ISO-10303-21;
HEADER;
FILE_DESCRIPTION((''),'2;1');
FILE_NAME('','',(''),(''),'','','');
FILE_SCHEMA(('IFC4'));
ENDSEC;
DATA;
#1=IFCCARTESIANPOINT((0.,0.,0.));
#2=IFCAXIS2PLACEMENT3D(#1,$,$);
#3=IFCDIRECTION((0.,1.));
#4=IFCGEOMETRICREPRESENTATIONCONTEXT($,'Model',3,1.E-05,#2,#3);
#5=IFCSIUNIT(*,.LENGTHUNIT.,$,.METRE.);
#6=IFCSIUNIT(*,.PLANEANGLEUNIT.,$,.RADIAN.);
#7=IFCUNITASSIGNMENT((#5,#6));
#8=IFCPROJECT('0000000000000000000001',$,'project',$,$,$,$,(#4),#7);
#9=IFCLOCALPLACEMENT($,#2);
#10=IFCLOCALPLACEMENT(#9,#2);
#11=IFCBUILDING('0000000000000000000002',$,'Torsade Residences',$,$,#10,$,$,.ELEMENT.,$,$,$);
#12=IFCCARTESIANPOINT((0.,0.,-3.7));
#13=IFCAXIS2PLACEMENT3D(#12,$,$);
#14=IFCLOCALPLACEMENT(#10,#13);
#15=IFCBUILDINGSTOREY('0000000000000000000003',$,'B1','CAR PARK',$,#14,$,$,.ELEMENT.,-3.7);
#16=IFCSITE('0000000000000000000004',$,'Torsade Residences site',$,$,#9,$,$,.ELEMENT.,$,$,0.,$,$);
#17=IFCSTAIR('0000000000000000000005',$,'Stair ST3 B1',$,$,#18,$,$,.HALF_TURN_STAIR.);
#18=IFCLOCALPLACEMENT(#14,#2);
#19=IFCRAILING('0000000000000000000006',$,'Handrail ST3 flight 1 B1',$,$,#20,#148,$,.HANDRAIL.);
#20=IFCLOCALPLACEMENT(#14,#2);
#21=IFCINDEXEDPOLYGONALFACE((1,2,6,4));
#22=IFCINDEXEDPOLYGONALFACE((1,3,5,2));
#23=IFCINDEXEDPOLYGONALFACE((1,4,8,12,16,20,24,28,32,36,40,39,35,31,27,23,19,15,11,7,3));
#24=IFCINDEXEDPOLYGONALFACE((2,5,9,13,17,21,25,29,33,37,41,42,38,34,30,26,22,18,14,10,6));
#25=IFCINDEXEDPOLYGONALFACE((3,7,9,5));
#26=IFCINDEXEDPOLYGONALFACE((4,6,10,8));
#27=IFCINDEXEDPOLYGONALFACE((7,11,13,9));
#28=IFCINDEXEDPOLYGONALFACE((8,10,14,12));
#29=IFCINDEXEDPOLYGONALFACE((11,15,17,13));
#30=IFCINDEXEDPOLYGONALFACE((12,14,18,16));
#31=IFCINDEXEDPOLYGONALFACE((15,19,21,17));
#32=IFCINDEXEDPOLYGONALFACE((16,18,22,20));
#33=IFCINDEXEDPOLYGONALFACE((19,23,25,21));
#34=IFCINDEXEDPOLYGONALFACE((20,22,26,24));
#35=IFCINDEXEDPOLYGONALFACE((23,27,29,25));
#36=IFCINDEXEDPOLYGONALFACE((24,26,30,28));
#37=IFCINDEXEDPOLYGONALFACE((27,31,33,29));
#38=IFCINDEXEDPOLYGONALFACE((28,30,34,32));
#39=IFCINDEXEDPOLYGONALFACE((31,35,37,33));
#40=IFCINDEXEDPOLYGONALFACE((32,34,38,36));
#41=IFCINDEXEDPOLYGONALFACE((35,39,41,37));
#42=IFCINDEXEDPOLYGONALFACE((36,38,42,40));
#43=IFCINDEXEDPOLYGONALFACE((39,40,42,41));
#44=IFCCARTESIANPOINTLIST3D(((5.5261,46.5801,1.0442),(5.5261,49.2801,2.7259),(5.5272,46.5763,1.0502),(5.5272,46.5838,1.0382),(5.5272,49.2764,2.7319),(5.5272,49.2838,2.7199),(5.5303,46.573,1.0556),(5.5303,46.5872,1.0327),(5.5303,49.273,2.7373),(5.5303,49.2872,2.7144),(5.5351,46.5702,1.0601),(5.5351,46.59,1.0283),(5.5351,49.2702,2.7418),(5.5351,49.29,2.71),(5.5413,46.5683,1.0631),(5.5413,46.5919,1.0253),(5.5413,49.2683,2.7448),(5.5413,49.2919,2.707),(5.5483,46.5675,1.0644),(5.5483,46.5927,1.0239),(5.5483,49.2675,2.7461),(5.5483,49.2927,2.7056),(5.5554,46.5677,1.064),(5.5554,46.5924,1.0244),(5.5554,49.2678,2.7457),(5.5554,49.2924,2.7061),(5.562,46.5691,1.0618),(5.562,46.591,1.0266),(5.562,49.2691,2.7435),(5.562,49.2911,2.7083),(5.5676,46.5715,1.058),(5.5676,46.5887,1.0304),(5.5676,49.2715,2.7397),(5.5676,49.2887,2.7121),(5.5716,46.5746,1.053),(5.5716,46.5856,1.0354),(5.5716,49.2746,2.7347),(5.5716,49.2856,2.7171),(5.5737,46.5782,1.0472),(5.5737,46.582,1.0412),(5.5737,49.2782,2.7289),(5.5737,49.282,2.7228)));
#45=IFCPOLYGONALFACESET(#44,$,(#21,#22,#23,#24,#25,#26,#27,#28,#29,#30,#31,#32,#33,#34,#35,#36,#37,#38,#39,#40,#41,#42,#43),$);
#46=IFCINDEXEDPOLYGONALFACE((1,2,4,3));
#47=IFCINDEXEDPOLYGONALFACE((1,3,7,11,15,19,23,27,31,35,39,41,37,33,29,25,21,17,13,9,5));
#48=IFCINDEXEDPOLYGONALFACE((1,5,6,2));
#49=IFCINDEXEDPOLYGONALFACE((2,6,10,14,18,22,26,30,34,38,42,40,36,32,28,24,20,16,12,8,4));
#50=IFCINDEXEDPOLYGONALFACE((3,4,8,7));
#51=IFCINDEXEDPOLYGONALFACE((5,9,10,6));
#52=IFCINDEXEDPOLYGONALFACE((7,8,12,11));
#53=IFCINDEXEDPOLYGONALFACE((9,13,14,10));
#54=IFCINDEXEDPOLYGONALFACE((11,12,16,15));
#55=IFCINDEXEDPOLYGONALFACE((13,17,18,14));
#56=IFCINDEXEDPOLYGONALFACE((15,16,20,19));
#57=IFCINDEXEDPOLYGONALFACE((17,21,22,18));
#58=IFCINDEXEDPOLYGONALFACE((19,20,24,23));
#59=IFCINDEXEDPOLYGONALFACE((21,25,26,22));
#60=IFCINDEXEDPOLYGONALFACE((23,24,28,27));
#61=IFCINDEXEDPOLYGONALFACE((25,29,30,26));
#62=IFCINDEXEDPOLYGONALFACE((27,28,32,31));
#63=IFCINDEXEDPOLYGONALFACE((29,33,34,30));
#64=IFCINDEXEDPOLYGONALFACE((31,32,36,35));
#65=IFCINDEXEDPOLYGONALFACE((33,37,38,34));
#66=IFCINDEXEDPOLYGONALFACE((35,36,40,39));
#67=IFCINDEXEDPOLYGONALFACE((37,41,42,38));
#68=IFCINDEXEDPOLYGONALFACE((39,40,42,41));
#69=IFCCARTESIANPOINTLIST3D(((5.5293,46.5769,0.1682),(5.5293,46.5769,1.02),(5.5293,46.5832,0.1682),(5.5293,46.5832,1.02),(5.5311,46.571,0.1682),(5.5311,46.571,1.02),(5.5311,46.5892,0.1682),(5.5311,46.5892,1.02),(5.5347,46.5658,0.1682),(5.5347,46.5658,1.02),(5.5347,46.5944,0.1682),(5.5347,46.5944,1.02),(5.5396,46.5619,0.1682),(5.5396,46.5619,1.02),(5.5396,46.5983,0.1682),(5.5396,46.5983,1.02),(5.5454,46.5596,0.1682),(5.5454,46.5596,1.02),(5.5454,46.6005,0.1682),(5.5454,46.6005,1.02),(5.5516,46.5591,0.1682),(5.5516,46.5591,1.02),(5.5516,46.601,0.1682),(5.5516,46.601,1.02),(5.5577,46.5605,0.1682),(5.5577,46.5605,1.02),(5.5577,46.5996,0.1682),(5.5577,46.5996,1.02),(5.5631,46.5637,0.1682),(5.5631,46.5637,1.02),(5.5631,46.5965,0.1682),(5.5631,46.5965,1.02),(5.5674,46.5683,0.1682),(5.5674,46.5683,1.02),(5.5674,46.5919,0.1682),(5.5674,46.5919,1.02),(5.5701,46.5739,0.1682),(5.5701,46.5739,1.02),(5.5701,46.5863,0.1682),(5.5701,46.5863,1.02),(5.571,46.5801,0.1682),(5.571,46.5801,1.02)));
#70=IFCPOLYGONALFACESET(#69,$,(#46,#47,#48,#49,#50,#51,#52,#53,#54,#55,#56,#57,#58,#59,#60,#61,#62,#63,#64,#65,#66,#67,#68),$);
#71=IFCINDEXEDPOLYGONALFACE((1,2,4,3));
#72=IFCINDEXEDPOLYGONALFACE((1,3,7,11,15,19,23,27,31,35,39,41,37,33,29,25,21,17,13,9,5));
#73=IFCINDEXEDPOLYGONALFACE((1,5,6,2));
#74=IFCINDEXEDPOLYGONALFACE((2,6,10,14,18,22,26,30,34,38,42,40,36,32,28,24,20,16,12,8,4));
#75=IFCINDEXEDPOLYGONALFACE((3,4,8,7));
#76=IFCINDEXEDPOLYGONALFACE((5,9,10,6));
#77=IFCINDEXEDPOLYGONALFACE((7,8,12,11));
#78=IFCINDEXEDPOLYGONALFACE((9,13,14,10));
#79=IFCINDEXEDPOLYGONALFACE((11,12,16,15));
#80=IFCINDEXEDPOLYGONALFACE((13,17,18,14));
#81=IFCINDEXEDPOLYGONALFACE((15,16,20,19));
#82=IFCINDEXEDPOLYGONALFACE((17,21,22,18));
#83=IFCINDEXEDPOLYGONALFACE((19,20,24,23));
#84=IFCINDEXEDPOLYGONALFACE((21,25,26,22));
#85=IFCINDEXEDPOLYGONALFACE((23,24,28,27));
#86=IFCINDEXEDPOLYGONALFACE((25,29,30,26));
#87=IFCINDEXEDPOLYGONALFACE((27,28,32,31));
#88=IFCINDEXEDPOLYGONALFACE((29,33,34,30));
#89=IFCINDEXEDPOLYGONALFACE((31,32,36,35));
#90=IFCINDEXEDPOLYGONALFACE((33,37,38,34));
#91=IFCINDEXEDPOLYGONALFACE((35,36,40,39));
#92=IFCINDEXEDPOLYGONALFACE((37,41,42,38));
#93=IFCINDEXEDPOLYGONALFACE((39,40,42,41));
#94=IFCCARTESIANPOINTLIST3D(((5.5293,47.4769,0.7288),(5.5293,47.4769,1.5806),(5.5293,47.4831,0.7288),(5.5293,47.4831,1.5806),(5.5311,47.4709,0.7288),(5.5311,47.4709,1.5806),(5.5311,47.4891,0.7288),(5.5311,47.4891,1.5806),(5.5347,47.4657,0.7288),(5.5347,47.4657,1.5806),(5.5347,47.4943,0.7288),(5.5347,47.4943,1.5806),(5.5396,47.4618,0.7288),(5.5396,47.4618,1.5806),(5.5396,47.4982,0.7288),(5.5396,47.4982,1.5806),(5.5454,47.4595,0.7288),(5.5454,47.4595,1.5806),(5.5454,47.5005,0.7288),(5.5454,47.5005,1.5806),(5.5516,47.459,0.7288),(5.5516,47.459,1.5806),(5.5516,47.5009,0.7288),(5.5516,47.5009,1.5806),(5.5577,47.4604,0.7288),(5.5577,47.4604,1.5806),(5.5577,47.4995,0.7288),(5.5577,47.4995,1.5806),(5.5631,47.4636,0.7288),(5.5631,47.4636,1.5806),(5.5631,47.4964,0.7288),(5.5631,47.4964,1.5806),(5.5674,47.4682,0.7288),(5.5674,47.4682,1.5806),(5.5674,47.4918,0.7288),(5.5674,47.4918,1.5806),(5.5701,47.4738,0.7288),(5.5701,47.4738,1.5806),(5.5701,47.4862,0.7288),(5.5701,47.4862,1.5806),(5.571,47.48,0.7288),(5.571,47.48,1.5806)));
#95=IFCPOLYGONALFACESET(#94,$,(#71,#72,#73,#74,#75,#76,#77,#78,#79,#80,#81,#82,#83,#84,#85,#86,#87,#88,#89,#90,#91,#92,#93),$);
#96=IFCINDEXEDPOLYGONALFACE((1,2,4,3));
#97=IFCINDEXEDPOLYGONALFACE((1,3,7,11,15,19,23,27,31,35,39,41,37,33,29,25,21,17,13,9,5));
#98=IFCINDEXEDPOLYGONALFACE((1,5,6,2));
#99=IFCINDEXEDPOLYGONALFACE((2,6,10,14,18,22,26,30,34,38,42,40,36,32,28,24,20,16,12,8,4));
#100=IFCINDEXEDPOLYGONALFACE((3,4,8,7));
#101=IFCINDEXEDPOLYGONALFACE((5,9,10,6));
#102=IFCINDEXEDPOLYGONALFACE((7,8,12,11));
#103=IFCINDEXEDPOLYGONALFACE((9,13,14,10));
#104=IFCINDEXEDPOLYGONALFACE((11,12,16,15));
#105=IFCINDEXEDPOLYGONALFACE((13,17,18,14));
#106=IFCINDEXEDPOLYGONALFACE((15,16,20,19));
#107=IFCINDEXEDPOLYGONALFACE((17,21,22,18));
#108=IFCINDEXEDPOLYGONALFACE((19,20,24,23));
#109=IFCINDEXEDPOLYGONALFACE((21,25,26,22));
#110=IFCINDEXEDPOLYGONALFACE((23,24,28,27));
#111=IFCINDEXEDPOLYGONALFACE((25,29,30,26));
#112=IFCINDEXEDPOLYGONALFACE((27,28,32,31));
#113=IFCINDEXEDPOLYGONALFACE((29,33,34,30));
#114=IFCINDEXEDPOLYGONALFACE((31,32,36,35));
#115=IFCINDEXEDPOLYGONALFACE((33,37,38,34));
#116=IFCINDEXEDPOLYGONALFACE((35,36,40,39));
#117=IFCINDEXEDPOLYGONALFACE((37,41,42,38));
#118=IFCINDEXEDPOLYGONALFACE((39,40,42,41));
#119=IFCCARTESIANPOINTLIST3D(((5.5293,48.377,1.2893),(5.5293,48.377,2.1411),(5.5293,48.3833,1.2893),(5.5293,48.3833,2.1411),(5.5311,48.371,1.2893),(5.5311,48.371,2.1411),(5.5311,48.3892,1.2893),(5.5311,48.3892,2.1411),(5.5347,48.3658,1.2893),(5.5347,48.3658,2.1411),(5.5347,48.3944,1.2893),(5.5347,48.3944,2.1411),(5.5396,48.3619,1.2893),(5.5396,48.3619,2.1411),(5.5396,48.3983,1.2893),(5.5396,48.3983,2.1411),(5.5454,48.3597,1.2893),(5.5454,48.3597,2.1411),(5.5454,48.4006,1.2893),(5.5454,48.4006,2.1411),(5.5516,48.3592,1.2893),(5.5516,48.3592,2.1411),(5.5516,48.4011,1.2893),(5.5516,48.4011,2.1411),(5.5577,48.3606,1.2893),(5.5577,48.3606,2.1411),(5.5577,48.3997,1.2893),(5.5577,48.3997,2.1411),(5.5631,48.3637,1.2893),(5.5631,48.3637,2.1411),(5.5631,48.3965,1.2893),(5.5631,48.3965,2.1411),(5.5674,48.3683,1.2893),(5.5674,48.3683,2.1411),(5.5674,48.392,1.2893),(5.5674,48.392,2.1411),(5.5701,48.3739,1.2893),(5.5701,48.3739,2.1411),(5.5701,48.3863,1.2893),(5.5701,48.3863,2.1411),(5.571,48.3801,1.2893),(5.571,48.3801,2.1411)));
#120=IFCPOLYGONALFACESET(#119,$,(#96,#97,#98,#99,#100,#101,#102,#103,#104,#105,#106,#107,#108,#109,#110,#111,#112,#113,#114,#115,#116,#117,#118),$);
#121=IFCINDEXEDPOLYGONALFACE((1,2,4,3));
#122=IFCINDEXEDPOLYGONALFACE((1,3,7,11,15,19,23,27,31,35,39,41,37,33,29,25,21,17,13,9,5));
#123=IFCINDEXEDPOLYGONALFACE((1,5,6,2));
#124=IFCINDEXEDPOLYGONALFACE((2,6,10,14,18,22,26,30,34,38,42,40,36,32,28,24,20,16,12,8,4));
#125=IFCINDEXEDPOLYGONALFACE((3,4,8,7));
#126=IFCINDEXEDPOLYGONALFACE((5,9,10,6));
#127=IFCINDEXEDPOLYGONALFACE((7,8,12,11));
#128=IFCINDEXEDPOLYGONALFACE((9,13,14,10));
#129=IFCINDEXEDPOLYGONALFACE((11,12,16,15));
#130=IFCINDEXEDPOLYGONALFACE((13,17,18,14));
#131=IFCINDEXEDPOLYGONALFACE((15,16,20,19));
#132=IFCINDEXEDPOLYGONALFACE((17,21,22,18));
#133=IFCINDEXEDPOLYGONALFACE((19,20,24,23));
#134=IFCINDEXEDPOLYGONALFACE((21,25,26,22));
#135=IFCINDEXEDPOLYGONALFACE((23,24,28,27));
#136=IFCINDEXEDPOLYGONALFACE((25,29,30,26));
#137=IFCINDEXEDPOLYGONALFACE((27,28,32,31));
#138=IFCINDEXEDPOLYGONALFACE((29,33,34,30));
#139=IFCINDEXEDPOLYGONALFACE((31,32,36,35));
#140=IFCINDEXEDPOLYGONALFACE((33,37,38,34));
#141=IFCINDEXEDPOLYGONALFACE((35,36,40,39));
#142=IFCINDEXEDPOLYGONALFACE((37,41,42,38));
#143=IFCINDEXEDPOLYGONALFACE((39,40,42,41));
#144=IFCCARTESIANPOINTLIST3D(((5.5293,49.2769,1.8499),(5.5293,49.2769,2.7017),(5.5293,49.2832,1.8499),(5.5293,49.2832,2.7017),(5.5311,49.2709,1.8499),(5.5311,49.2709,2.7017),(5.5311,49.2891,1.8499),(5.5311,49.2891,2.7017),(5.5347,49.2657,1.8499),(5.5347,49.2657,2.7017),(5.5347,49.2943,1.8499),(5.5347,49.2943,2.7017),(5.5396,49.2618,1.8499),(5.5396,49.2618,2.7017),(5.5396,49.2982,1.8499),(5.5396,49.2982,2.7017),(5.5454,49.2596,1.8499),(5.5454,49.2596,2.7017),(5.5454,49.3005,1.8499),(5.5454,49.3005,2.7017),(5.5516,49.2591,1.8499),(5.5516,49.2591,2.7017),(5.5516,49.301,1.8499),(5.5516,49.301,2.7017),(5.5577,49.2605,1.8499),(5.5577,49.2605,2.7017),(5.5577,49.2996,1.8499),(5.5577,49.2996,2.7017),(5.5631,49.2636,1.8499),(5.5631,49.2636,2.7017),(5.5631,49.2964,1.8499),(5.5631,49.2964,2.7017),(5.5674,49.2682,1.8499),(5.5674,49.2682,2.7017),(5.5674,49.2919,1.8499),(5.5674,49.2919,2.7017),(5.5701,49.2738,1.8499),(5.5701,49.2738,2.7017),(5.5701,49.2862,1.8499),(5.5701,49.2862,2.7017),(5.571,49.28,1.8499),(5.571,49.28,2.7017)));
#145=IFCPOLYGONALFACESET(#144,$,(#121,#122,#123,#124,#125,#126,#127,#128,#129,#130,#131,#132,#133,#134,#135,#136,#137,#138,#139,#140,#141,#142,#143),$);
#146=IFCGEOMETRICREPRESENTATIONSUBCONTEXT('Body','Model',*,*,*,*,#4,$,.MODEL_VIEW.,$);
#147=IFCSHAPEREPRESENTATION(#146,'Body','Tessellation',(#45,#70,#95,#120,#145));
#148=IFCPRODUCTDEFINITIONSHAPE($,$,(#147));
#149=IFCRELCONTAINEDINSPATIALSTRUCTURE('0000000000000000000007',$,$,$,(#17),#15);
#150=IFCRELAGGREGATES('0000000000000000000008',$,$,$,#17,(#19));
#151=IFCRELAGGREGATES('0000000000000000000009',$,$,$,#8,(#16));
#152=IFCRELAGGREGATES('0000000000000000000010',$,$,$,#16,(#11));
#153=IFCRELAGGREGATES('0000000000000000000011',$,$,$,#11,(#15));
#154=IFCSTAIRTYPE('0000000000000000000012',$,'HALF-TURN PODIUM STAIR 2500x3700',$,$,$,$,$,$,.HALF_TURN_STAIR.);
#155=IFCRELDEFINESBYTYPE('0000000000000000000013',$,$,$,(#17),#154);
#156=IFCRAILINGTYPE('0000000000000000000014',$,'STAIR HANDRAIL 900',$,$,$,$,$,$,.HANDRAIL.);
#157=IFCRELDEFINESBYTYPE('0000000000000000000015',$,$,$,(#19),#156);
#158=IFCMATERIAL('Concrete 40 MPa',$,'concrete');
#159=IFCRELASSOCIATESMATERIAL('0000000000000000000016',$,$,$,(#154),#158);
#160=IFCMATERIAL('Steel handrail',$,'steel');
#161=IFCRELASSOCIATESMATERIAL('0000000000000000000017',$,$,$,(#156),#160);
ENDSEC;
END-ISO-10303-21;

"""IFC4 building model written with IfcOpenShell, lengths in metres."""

from ifc_helpers import new_model, si_unit, direction, frame, origin, origin_2d, place, context, subcontext, project, spatial, circle, extrude, material, type_object, element, aggregate, save


model = new_model("IFC4")

# Units and contexts
model_context = context("Model", 3, precision=1e-05, world=origin(), true_north=direction((0.0, 1.0)))
body_context = subcontext(model_context, "Body", "Model", "MODEL_VIEW")
ifc_project = project(units=[si_unit("LENGTHUNIT", "METRE"), si_unit("PLANEANGLEUNIT", "RADIAN")], contexts=[model_context])

# Site, building, storey
site_placement = place(None, origin())
site = spatial("IfcSite", under=ifc_project, at=site_placement, Name="Torsade Residences site", CompositionType="ELEMENT", RefElevation=0.0)
building_placement = place(site_placement, origin())
building = spatial("IfcBuilding", under=site, at=building_placement, Name="Torsade Residences", CompositionType="ELEMENT")
storey_placement = place(building_placement, frame((0.0, 0.0, -3.7)))
storey = spatial("IfcBuildingStorey", under=building, at=storey_placement, Name="B1", Description="CAR PARK", CompositionType="ELEMENT", Elevation=-3.7)

# Stair, railing
ifc_material_1 = material(Name="Concrete 40 MPa", Category="concrete")
stair_type = type_object("IfcStairType", Name="HALF-TURN PODIUM STAIR 2500x3700", PredefinedType="HALF_TURN_STAIR", material=ifc_material_1)
stair_placement = place(storey_placement, origin())
stair = element("IfcStair", 1, at=stair_placement, inside=storey, type_object=stair_type, Name="Stair ST3 B1", PredefinedType="HALF_TURN_STAIR")
ifc_material_2 = material(Name="Steel handrail", Category="steel")
railing_type = type_object("IfcRailingType", Name="STAIR HANDRAIL 900", PredefinedType="HANDRAIL", material=ifc_material_2)
railing_1_placement = place(storey_placement, frame((5.55, 46.5801, 0.1682)))
railing_1 = element("IfcRailing", 2, at=railing_1_placement, type_object=railing_type, Name="Handrail ST3 flight 1 B1", PredefinedType="HANDRAIL", context=body_context, shape_type="SweptSolid", body=[
    extrude(circle(Radius=0.0239, at=origin_2d()), frame((0.0, 0.0, 0.876), z_axis=(0.0, 0.848821, 0.528681), x_axis=(-1.0, 0.0, 0.0)), (0.0, 0.0, 1.0), 3.1809),
    extrude(circle(Radius=0.021, at=origin_2d()), origin(), (0.0, 0.0, 1.0), 0.8518),
    extrude(circle(Radius=0.021, at=origin_2d()), frame((0.0, 0.8999, 0.5605)), (0.0, 0.0, 1.0), 0.8518),
    extrude(circle(Radius=0.021, at=origin_2d()), frame((0.0, 1.8, 1.1211)), (0.0, 0.0, 1.0), 0.8518),
    extrude(circle(Radius=0.021, at=origin_2d()), frame((0.0, 2.7, 1.6816)), (0.0, 0.0, 1.0), 0.8518),
])
aggregate(stair, [railing_1])

save(model, "model.ifc")
